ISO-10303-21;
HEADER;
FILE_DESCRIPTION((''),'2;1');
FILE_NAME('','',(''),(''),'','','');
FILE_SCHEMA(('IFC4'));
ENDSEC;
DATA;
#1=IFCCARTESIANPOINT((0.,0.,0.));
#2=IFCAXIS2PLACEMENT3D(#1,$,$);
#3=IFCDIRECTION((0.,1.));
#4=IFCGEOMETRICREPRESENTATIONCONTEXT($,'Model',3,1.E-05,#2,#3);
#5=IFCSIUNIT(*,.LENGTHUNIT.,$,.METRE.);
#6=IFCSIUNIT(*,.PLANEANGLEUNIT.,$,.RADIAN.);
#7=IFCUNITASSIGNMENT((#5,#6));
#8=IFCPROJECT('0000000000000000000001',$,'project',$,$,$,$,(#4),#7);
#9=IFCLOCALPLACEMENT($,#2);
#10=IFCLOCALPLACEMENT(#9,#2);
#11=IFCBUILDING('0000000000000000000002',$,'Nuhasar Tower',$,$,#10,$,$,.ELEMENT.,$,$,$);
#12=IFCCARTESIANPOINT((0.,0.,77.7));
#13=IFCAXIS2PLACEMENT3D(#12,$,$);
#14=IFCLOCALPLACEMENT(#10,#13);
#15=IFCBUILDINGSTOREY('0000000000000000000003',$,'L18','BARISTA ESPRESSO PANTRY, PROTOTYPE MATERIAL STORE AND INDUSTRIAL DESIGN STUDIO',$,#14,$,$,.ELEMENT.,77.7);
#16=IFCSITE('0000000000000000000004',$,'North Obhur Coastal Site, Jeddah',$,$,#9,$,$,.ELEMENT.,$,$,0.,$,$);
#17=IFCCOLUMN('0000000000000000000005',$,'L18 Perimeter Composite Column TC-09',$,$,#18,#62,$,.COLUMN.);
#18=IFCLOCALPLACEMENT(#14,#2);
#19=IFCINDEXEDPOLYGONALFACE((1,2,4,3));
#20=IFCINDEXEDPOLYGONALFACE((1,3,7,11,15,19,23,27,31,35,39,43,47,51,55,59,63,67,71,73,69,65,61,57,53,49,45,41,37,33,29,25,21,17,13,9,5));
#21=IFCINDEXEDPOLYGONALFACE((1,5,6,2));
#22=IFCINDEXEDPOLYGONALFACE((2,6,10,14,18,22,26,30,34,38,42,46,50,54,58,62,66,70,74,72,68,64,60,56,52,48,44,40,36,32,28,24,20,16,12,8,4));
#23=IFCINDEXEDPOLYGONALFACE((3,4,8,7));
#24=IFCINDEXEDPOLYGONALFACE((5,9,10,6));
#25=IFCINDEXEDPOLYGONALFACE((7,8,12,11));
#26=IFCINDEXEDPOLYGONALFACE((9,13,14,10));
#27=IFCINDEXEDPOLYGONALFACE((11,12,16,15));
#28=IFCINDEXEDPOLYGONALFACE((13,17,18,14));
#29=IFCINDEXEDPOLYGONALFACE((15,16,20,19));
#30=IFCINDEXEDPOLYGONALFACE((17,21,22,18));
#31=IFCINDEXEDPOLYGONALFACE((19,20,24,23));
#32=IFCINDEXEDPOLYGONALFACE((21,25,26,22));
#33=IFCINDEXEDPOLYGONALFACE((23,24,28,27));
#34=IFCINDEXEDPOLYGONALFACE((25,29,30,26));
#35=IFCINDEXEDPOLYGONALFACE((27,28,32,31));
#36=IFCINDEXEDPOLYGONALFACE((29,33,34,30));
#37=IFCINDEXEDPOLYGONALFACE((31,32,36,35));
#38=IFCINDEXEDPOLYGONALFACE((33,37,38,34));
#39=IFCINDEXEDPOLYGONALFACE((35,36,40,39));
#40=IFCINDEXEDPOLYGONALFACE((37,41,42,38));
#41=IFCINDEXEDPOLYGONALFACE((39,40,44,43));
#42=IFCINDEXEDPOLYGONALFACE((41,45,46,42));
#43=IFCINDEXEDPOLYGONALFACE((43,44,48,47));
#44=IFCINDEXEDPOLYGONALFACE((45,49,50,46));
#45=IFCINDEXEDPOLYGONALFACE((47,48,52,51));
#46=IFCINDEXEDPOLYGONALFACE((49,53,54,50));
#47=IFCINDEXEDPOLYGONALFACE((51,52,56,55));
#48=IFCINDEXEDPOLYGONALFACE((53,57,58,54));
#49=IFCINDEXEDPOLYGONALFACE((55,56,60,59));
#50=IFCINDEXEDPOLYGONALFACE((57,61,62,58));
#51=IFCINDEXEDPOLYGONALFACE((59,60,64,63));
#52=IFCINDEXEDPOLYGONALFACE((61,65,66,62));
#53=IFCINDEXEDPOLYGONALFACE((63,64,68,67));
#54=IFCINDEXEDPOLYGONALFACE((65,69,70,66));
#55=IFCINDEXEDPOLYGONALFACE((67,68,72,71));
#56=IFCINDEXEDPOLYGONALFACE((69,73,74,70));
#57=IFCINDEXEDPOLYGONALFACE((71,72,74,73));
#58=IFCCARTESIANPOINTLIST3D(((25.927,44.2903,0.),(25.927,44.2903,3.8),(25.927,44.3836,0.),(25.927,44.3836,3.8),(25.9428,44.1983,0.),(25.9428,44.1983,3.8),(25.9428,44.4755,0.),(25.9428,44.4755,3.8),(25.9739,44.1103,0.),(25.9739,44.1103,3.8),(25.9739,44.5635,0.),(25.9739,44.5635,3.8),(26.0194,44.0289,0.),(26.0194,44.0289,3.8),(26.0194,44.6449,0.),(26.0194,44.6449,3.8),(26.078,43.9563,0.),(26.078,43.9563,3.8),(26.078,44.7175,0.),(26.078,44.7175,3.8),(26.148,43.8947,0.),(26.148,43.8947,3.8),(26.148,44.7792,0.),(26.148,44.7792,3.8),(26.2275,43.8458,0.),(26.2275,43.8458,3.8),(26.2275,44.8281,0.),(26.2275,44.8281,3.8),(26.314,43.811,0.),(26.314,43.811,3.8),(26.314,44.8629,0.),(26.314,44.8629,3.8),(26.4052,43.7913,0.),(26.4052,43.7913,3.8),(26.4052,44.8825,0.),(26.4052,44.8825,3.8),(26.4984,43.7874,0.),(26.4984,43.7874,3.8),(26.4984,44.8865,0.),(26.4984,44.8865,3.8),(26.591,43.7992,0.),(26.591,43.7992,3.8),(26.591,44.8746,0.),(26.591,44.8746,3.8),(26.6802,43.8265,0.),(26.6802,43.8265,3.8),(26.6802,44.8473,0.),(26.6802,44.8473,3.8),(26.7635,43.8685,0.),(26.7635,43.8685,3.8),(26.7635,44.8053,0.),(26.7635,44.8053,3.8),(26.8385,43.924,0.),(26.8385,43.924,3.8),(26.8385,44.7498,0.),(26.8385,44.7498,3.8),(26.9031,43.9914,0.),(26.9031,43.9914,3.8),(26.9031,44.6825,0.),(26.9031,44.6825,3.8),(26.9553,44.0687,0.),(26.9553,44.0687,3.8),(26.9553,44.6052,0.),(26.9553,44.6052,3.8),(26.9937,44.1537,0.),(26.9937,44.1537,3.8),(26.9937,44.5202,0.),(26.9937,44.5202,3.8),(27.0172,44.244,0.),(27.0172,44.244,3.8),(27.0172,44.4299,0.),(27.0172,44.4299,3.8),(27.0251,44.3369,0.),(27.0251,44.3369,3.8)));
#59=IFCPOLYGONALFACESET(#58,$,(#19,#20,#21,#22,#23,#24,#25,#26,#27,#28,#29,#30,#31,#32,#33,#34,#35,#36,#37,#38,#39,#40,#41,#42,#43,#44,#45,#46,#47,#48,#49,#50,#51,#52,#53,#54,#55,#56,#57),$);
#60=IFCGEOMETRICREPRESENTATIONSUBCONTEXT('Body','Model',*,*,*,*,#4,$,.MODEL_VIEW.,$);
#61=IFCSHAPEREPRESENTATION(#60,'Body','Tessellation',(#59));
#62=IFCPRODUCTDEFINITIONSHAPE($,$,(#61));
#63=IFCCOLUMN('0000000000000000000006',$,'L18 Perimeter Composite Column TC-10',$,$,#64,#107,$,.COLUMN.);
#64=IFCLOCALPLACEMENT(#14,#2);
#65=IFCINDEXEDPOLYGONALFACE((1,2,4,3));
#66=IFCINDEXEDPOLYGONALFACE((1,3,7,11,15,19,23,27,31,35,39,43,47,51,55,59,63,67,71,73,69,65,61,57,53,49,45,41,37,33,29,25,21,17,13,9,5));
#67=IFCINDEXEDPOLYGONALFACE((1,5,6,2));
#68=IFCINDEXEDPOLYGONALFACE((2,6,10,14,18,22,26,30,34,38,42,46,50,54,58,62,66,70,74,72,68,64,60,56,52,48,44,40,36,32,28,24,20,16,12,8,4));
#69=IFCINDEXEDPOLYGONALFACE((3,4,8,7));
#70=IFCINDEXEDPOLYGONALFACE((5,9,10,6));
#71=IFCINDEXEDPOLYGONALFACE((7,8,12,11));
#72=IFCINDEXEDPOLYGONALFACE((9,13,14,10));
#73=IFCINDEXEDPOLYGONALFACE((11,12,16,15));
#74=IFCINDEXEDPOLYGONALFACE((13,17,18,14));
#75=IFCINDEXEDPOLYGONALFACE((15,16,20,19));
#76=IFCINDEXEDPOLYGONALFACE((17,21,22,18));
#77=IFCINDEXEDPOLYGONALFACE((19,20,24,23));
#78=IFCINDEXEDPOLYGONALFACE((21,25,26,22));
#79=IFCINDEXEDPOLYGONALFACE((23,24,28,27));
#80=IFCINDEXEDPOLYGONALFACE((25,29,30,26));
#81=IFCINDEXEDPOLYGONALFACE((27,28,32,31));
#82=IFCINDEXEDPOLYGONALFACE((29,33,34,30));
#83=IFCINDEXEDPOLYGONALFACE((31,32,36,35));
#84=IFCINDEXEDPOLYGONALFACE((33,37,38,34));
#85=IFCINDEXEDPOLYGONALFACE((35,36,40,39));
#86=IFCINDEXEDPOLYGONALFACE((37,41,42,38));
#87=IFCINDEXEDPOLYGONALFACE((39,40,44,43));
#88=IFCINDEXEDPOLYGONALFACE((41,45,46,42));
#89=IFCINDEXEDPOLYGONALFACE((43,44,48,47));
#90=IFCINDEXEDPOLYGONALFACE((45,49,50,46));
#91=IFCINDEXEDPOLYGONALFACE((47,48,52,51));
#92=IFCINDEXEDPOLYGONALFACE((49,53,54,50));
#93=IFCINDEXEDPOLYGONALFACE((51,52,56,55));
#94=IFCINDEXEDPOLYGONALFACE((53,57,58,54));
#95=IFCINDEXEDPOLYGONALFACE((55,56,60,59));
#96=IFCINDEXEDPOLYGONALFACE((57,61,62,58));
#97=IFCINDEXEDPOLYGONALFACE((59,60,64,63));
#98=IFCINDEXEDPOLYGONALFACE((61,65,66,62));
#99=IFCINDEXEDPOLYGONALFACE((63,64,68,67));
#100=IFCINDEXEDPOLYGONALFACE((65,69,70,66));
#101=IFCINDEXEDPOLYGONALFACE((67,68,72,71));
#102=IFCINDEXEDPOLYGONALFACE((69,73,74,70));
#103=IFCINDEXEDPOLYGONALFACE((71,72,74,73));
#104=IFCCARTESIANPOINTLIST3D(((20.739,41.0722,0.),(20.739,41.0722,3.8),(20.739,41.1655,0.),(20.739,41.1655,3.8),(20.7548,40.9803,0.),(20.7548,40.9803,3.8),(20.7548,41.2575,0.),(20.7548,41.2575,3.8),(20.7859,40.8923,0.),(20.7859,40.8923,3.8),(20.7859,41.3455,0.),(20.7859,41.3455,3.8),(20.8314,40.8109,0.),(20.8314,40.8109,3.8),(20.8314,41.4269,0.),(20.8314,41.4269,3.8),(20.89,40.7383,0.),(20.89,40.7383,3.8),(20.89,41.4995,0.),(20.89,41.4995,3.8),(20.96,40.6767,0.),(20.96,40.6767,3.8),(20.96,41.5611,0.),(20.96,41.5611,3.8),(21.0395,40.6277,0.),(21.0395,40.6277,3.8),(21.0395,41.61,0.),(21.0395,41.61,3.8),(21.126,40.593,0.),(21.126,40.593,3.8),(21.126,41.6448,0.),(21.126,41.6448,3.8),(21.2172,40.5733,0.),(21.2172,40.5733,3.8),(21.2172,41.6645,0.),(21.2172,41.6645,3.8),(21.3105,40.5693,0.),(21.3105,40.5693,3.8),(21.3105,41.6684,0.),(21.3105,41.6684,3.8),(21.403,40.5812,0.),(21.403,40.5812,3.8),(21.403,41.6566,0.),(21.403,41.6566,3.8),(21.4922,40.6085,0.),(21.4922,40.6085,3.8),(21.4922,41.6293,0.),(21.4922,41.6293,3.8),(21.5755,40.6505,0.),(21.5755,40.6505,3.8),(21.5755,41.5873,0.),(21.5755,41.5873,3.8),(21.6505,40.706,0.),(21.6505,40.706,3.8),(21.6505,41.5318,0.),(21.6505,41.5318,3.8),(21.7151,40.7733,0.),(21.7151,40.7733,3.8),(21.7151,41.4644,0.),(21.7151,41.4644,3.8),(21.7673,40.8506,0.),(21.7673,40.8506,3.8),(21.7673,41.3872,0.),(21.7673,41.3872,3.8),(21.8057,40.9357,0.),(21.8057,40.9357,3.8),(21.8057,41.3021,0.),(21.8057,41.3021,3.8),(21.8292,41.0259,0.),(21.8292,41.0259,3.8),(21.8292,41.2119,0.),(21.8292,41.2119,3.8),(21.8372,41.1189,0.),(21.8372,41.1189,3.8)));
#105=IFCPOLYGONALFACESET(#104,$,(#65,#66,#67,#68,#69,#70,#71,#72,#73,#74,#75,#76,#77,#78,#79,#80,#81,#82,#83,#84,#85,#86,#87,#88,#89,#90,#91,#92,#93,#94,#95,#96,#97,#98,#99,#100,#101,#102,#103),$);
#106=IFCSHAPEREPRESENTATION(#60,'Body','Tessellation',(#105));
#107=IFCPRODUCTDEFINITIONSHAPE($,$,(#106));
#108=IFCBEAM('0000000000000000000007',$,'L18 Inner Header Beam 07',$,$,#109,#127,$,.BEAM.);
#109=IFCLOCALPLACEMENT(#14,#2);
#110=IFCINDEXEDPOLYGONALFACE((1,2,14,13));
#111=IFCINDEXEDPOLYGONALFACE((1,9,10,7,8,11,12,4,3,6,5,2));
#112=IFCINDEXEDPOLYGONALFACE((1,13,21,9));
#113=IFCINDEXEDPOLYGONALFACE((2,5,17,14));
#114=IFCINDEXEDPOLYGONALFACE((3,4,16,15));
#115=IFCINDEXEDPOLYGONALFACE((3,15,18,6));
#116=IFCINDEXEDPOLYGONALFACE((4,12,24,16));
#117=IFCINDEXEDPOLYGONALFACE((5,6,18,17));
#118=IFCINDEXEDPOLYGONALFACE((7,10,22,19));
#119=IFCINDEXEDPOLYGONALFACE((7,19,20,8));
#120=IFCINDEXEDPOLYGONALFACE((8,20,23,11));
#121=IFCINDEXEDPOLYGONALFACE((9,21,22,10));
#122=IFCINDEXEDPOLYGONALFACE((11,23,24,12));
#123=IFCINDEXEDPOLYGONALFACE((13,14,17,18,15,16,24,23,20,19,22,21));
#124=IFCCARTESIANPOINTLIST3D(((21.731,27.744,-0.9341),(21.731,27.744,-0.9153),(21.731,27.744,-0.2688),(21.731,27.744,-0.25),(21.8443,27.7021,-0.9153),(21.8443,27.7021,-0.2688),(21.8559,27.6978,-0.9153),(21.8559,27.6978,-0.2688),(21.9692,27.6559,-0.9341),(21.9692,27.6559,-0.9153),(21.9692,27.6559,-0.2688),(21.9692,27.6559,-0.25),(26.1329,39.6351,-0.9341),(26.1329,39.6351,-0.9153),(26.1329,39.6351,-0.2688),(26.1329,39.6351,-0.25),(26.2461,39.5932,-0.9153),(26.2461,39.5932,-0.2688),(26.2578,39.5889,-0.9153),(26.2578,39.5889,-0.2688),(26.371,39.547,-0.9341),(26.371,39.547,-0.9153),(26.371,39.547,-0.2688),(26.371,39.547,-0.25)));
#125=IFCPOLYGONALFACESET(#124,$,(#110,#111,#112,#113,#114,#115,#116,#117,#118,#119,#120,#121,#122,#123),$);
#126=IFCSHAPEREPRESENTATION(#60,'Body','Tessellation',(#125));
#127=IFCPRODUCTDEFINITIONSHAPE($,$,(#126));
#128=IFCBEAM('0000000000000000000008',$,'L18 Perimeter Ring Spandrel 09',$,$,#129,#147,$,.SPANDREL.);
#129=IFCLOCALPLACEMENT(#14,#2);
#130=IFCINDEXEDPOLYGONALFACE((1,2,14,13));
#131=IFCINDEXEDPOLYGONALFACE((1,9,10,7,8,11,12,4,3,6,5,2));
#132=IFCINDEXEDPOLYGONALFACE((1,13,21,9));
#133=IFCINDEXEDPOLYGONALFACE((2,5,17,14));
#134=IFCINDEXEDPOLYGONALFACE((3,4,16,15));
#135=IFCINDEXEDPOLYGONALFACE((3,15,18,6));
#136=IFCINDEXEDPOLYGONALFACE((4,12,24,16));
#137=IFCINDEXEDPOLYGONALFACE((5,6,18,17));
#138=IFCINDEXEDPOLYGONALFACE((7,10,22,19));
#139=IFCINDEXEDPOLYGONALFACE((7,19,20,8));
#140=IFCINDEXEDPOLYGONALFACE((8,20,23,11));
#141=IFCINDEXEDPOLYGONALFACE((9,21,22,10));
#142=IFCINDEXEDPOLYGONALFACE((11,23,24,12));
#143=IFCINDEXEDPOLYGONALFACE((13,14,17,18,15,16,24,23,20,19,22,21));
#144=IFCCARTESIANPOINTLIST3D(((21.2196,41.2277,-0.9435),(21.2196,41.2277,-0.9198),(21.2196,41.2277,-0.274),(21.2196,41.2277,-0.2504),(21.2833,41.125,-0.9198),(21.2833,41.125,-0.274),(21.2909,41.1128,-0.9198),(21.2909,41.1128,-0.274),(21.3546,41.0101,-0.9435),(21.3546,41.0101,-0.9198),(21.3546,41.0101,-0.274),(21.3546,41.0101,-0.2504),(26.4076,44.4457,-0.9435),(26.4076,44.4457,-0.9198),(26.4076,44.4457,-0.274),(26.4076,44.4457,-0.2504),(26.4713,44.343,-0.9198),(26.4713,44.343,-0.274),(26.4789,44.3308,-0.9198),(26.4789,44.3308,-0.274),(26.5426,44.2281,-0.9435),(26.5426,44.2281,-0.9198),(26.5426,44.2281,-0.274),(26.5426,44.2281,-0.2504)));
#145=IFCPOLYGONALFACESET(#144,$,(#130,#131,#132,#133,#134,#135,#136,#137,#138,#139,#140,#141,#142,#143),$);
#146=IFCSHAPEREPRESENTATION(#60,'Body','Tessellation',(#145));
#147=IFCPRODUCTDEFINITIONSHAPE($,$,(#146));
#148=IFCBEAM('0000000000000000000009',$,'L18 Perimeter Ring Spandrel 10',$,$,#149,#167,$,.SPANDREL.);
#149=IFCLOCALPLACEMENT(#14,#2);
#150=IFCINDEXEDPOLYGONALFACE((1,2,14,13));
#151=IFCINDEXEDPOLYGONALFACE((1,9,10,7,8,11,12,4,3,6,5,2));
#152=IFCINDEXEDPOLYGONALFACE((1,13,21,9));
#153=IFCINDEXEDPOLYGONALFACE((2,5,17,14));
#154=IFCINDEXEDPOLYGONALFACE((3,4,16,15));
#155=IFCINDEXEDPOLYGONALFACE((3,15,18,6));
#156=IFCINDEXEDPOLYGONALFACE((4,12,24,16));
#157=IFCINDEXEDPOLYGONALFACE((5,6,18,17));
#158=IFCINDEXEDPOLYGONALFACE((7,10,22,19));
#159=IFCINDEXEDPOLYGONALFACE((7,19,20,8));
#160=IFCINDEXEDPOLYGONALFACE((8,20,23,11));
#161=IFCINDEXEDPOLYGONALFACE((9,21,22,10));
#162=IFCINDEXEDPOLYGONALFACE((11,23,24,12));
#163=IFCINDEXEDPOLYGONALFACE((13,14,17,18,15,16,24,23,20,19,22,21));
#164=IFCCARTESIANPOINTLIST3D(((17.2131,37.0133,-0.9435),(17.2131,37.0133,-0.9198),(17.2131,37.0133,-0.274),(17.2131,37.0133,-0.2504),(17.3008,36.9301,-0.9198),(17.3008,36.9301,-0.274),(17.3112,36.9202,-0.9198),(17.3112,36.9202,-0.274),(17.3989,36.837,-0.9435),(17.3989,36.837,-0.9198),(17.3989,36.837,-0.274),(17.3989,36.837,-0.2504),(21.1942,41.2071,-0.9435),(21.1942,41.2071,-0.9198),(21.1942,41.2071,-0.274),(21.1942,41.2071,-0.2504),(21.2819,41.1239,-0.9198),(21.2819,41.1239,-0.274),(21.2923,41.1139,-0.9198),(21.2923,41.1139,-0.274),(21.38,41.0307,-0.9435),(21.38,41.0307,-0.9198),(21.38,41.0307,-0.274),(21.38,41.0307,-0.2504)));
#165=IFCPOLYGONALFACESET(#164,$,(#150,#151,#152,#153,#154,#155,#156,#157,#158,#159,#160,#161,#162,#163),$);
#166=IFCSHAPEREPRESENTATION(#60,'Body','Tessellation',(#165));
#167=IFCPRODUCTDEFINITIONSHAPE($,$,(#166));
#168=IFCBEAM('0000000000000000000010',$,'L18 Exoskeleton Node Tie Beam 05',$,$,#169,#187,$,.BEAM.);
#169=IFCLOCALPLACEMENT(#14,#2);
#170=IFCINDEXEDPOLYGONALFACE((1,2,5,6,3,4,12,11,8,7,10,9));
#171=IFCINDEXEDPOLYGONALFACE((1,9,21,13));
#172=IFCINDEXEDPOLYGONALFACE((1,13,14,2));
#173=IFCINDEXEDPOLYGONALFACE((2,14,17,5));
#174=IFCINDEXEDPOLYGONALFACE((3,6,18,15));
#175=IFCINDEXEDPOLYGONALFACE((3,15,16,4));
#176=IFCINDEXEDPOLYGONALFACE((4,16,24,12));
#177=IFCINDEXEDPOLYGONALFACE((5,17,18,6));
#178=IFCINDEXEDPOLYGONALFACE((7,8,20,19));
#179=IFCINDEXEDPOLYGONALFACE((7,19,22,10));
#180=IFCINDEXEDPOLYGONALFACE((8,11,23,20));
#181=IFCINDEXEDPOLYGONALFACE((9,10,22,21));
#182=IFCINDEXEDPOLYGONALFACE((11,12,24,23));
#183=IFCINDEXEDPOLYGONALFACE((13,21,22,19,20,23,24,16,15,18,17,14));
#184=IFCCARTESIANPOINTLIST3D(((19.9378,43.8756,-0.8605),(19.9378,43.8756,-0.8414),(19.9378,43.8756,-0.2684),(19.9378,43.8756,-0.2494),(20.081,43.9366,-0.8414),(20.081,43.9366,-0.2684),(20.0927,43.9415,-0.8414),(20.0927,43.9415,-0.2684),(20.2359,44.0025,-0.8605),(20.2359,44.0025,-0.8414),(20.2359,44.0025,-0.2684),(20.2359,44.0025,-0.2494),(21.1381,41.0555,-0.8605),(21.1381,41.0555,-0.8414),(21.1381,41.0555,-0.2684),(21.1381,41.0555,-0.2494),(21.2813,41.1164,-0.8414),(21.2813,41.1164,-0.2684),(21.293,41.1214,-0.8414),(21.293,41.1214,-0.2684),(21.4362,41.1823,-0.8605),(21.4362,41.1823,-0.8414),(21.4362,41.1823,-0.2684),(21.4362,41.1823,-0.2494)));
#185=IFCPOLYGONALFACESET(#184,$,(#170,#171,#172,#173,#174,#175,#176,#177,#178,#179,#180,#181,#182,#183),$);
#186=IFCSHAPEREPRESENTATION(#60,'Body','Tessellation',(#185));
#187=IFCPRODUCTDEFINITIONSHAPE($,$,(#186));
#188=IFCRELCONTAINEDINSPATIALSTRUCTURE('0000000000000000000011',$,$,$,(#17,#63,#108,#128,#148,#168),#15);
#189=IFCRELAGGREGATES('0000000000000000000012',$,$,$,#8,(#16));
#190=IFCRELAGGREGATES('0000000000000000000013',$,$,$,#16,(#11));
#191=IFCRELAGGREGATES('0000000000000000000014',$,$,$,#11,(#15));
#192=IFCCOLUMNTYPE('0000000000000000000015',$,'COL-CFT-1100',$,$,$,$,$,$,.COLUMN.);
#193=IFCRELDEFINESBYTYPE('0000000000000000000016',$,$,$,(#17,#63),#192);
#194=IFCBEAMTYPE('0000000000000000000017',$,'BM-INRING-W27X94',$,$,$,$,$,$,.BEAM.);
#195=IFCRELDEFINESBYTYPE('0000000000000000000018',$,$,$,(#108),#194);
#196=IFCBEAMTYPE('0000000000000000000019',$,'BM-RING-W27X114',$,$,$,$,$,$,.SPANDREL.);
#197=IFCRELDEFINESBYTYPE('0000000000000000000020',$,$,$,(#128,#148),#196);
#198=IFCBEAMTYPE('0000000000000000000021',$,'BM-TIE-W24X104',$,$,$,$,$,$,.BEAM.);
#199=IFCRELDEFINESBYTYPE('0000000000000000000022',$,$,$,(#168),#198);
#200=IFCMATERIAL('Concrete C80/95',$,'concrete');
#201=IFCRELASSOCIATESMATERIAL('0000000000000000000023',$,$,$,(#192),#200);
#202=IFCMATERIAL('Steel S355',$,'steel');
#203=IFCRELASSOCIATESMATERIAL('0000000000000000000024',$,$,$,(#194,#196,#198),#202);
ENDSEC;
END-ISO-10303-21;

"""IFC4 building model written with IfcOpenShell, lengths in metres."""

from ifc_helpers import new_model, si_unit, direction, frame, origin, origin_2d, place, context, subcontext, project, spatial, circle, i_section, extrude, material, material_profile, profile_set, type_object, element, save


model = new_model("IFC4")

# Units and contexts
model_context = context("Model", 3, precision=1e-05, world=origin(), true_north=direction((0.0, 1.0)))
body_context = subcontext(model_context, "Body", "Model", "MODEL_VIEW")
ifc_project = project(units=[si_unit("LENGTHUNIT", "METRE"), si_unit("PLANEANGLEUNIT", "RADIAN")], contexts=[model_context])

# Site, building, storey
site_placement = place(None, origin())
site = spatial("IfcSite", under=ifc_project, at=site_placement, Name="North Obhur Coastal Site, Jeddah", CompositionType="ELEMENT", RefElevation=0.0)
building_placement = place(site_placement, origin())
building = spatial("IfcBuilding", under=site, at=building_placement, Name="Nuhasar Tower", CompositionType="ELEMENT")
storey_placement = place(building_placement, frame((0.0, 0.0, 77.7)))
storey = spatial("IfcBuildingStorey", under=building, at=storey_placement, Name="L18", Description="BARISTA ESPRESSO PANTRY, PROTOTYPE MATERIAL STORE AND INDUSTRIAL DESIGN STUDIO", CompositionType="ELEMENT", Elevation=77.7)

# Columns
ifc_material_1 = material(Name="Concrete C80/95", Category="concrete")
ifc_material_profile_1 = material_profile(ifc_material_1, circle(Radius=0.55, at=origin_2d()), Name="CFT1100")
ifc_profile_set_1 = profile_set([ifc_material_profile_1], Name="Concrete C80/95")
column_type = type_object("IfcColumnType", Name="COL-CFT-1100", PredefinedType="COLUMN", material=ifc_profile_set_1)
for number, where, z_axis, x_axis, name in (
    (1, (26.4751, 44.3369, 0.0), (0.0, 0.0, 1.0), (1.0, 0.0, 0.0), "L18 Perimeter Composite Column TC-09"),
    (2, (21.2871, 41.1189, 0.0), (0.0, 0.0, 1.0), (1.0, 0.0, 0.0), "L18 Perimeter Composite Column TC-10"),
):
    element("IfcColumn", number, at=place(storey_placement, frame(where, z_axis=z_axis, x_axis=x_axis)), inside=storey, type_object=column_type, Name=name, PredefinedType="COLUMN", context=body_context, shape_type="SweptSolid", body=[
        extrude(circle(Radius=0.55, at=origin_2d()), origin(), (0.0, 0.0, 1.0), 3.8),
    ])

# Beams
ifc_material_2 = material(Name="Steel S355", Category="steel")
ifc_material_profile_2 = material_profile(ifc_material_2, i_section(OverallWidth=0.2539, OverallDepth=0.6841, WebThickness=0.0125, FlangeThickness=0.0188, at=origin_2d()), Name="W27X94")
ifc_profile_set_2 = profile_set([ifc_material_profile_2], Name="Steel S355")
beam_type_1 = type_object("IfcBeamType", Name="BM-INRING-W27X94", PredefinedType="BEAM", material=ifc_profile_set_2)
beam_1_placement = place(storey_placement, frame((26.252, 39.5911, -0.592), z_axis=(-0.347158, -0.937807, 0.0), x_axis=(0.937807, -0.347158, 0.0)))
element("IfcBeam", 3, at=beam_1_placement, inside=storey, type_object=beam_type_1, Name="L18 Inner Header Beam 07", PredefinedType="BEAM", context=body_context, shape_type="SweptSolid", body=[
    extrude(i_section(OverallWidth=0.2539, OverallDepth=0.6841, WebThickness=0.0125, FlangeThickness=0.0188, at=origin_2d()), origin(), (0.0, 0.0, 1.0), 12.6797),
])
ifc_material_profile_3 = material_profile(ifc_material_2, i_section(OverallWidth=0.2561, OverallDepth=0.6931, WebThickness=0.0144, FlangeThickness=0.0237, at=origin_2d()), Name="W27X114")
ifc_profile_set_3 = profile_set([ifc_material_profile_3], Name="Steel S355")
beam_type_2 = type_object("IfcBeamType", Name="BM-RING-W27X114", PredefinedType="SPANDREL", material=ifc_profile_set_3)
beam_2_placement = place(storey_placement, frame((26.4751, 44.3369, -0.5969), z_axis=(-0.849795, -0.527113, 0.0), x_axis=(0.527113, -0.849795, 0.0)))
element("IfcBeam", 4, at=beam_2_placement, inside=storey, type_object=beam_type_2, Name="L18 Perimeter Ring Spandrel 09", PredefinedType="SPANDREL", context=body_context, shape_type="SweptSolid", body=[
    extrude(i_section(OverallWidth=0.2561, OverallDepth=0.6931, WebThickness=0.0144, FlangeThickness=0.0237, at=origin_2d()), origin(), (0.0, 0.0, 1.0), 6.105),
])
beam_3_placement = place(storey_placement, frame((21.2871, 41.1189, -0.5969), z_axis=(-0.688481, -0.725254, 0.0), x_axis=(0.725254, -0.688481, 0.0)))
element("IfcBeam", 5, at=beam_3_placement, inside=storey, type_object=beam_type_2, Name="L18 Perimeter Ring Spandrel 10", PredefinedType="SPANDREL", context=body_context, shape_type="SweptSolid", body=[
    extrude(i_section(OverallWidth=0.2561, OverallDepth=0.6931, WebThickness=0.0144, FlangeThickness=0.0237, at=origin_2d()), origin(), (0.0, 0.0, 1.0), 5.7825),
])
ifc_material_profile_4 = material_profile(ifc_material_2, i_section(OverallWidth=0.324, OverallDepth=0.6111, WebThickness=0.0127, FlangeThickness=0.019, at=origin_2d()), Name="W24X104")
ifc_profile_set_4 = profile_set([ifc_material_profile_4], Name="Steel S355")
beam_type_3 = type_object("IfcBeamType", Name="BM-TIE-W24X104", PredefinedType="BEAM", material=ifc_profile_set_4)
beam_4_placement = place(storey_placement, frame((21.2871, 41.1189, -0.5549), z_axis=(-0.391601, 0.920135, 0.0), x_axis=(-0.920135, -0.391601, 0.0)))
element("IfcBeam", 6, at=beam_4_placement, inside=storey, type_object=beam_type_3, Name="L18 Exoskeleton Node Tie Beam 05", PredefinedType="BEAM", context=body_context, shape_type="SweptSolid", body=[
    extrude(i_section(OverallWidth=0.324, OverallDepth=0.6111, WebThickness=0.0127, FlangeThickness=0.019, at=origin_2d()), origin(), (0.0, 0.0, 1.0), 3.0649),
])

save(model, "model.ifc")
